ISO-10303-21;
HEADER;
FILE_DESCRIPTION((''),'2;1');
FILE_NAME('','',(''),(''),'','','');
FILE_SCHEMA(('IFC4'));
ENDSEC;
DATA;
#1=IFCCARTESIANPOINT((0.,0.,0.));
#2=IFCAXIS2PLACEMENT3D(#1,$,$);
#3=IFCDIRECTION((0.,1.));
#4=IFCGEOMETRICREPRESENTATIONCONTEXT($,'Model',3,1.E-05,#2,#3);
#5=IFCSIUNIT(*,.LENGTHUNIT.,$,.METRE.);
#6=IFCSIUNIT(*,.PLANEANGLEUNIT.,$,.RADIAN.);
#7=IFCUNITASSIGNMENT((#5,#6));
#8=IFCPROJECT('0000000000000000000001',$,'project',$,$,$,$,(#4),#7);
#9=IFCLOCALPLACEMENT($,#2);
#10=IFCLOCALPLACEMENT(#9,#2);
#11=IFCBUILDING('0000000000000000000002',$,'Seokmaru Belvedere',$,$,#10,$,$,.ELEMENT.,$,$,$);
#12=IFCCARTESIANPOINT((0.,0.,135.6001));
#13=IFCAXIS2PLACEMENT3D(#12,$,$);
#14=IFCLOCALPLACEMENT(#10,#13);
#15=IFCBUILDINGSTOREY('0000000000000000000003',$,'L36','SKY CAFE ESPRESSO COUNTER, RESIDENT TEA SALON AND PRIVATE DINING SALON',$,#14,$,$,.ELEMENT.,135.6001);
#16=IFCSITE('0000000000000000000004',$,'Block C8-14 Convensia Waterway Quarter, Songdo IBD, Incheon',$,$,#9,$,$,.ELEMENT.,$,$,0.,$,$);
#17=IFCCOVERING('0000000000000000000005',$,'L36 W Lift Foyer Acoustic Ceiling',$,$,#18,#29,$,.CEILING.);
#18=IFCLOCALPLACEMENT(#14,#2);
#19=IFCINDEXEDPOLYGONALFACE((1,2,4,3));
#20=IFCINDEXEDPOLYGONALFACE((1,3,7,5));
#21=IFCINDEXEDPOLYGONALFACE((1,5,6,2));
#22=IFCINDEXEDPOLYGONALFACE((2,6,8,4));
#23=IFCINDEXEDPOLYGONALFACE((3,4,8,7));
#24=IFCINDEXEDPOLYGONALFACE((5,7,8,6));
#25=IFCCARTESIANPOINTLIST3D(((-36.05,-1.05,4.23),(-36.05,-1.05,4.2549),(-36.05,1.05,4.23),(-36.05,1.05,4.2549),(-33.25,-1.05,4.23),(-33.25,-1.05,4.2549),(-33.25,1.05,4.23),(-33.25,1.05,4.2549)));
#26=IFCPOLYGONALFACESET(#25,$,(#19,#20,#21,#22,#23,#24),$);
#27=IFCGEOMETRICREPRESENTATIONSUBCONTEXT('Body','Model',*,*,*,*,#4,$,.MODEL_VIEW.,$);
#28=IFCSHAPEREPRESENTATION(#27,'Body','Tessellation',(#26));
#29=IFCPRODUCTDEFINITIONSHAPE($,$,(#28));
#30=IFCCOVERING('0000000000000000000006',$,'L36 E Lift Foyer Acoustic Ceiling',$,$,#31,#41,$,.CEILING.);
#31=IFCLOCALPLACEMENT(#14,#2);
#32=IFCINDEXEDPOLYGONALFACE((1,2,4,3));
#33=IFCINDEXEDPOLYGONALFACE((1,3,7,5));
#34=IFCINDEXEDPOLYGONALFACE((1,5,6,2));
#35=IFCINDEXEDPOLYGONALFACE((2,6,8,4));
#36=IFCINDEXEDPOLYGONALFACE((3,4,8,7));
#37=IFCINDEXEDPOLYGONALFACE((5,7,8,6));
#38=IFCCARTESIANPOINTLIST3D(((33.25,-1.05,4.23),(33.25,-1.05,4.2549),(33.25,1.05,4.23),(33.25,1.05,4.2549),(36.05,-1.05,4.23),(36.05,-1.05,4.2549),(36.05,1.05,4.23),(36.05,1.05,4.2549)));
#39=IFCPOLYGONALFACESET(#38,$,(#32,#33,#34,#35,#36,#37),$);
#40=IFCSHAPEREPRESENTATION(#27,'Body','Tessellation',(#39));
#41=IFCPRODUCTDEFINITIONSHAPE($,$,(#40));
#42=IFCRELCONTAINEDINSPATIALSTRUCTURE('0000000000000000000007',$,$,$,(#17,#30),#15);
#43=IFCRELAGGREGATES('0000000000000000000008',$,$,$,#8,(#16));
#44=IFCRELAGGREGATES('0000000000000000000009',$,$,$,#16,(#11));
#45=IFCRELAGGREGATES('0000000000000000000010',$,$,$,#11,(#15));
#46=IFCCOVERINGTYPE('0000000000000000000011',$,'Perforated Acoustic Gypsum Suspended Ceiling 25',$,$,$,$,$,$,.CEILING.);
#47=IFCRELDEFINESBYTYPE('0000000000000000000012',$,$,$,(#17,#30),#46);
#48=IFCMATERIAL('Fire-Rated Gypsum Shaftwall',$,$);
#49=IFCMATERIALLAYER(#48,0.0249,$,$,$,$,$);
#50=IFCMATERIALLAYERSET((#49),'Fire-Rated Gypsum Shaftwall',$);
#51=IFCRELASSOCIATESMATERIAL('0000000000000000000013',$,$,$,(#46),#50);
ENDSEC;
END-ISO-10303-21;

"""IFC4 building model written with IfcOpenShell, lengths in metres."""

from ifc_helpers import new_model, si_unit, direction, frame, origin, place, context, subcontext, project, spatial, polyline, outline, extrude, material, layer, layer_set, type_object, element, save


model = new_model("IFC4")

# Units and contexts
model_context = context("Model", 3, precision=1e-05, world=origin(), true_north=direction((0.0, 1.0)))
body_context = subcontext(model_context, "Body", "Model", "MODEL_VIEW")
ifc_project = project(units=[si_unit("LENGTHUNIT", "METRE"), si_unit("PLANEANGLEUNIT", "RADIAN")], contexts=[model_context])

# Site, building, storey
site_placement = place(None, origin())
site = spatial("IfcSite", under=ifc_project, at=site_placement, Name="Block C8-14 Convensia Waterway Quarter, Songdo IBD, Incheon", CompositionType="ELEMENT", RefElevation=0.0)
building_placement = place(site_placement, origin())
building = spatial("IfcBuilding", under=site, at=building_placement, Name="Seokmaru Belvedere", CompositionType="ELEMENT")
storey_placement = place(building_placement, frame((0.0, 0.0, 135.6001)))
storey = spatial("IfcBuildingStorey", under=building, at=storey_placement, Name="L36", Description="SKY CAFE ESPRESSO COUNTER, RESIDENT TEA SALON AND PRIVATE DINING SALON", CompositionType="ELEMENT", Elevation=135.6001)

# Coverings
ifc_material_1 = material(Name="Fire-Rated Gypsum Shaftwall")
ifc_layer_1 = layer(ifc_material_1, 0.0249)
ifc_layer_set_1 = layer_set([ifc_layer_1], Name="Fire-Rated Gypsum Shaftwall")
covering_type_1 = type_object("IfcCoveringType", Name="Perforated Acoustic Gypsum Suspended Ceiling 25", PredefinedType="CEILING", material=ifc_layer_set_1)
covering_1_placement = place(storey_placement, frame((0.0, 0.0, 4.23)))
element("IfcCovering", 1, at=covering_1_placement, inside=storey, type_object=covering_type_1, Name="L36 W Lift Foyer Acoustic Ceiling", PredefinedType="CEILING", context=body_context, shape_type="SweptSolid", body=[
    extrude(outline(polyline([(-36.05, -1.05), (-33.25, -1.05), (-33.25, 1.05), (-36.05, 1.05), (-36.05, -1.05)])), origin(), (0.0, 0.0, 1.0), 0.0249),
])
covering_2_placement = place(storey_placement, frame((0.0, 0.0, 4.23)))
element("IfcCovering", 2, at=covering_2_placement, inside=storey, type_object=covering_type_1, Name="L36 E Lift Foyer Acoustic Ceiling", PredefinedType="CEILING", context=body_context, shape_type="SweptSolid", body=[
    extrude(outline(polyline([(33.25, -1.05), (36.05, -1.05), (36.05, 1.05), (33.25, 1.05), (33.25, -1.05)])), origin(), (0.0, 0.0, 1.0), 0.0249),
])

save(model, "model.ifc")
